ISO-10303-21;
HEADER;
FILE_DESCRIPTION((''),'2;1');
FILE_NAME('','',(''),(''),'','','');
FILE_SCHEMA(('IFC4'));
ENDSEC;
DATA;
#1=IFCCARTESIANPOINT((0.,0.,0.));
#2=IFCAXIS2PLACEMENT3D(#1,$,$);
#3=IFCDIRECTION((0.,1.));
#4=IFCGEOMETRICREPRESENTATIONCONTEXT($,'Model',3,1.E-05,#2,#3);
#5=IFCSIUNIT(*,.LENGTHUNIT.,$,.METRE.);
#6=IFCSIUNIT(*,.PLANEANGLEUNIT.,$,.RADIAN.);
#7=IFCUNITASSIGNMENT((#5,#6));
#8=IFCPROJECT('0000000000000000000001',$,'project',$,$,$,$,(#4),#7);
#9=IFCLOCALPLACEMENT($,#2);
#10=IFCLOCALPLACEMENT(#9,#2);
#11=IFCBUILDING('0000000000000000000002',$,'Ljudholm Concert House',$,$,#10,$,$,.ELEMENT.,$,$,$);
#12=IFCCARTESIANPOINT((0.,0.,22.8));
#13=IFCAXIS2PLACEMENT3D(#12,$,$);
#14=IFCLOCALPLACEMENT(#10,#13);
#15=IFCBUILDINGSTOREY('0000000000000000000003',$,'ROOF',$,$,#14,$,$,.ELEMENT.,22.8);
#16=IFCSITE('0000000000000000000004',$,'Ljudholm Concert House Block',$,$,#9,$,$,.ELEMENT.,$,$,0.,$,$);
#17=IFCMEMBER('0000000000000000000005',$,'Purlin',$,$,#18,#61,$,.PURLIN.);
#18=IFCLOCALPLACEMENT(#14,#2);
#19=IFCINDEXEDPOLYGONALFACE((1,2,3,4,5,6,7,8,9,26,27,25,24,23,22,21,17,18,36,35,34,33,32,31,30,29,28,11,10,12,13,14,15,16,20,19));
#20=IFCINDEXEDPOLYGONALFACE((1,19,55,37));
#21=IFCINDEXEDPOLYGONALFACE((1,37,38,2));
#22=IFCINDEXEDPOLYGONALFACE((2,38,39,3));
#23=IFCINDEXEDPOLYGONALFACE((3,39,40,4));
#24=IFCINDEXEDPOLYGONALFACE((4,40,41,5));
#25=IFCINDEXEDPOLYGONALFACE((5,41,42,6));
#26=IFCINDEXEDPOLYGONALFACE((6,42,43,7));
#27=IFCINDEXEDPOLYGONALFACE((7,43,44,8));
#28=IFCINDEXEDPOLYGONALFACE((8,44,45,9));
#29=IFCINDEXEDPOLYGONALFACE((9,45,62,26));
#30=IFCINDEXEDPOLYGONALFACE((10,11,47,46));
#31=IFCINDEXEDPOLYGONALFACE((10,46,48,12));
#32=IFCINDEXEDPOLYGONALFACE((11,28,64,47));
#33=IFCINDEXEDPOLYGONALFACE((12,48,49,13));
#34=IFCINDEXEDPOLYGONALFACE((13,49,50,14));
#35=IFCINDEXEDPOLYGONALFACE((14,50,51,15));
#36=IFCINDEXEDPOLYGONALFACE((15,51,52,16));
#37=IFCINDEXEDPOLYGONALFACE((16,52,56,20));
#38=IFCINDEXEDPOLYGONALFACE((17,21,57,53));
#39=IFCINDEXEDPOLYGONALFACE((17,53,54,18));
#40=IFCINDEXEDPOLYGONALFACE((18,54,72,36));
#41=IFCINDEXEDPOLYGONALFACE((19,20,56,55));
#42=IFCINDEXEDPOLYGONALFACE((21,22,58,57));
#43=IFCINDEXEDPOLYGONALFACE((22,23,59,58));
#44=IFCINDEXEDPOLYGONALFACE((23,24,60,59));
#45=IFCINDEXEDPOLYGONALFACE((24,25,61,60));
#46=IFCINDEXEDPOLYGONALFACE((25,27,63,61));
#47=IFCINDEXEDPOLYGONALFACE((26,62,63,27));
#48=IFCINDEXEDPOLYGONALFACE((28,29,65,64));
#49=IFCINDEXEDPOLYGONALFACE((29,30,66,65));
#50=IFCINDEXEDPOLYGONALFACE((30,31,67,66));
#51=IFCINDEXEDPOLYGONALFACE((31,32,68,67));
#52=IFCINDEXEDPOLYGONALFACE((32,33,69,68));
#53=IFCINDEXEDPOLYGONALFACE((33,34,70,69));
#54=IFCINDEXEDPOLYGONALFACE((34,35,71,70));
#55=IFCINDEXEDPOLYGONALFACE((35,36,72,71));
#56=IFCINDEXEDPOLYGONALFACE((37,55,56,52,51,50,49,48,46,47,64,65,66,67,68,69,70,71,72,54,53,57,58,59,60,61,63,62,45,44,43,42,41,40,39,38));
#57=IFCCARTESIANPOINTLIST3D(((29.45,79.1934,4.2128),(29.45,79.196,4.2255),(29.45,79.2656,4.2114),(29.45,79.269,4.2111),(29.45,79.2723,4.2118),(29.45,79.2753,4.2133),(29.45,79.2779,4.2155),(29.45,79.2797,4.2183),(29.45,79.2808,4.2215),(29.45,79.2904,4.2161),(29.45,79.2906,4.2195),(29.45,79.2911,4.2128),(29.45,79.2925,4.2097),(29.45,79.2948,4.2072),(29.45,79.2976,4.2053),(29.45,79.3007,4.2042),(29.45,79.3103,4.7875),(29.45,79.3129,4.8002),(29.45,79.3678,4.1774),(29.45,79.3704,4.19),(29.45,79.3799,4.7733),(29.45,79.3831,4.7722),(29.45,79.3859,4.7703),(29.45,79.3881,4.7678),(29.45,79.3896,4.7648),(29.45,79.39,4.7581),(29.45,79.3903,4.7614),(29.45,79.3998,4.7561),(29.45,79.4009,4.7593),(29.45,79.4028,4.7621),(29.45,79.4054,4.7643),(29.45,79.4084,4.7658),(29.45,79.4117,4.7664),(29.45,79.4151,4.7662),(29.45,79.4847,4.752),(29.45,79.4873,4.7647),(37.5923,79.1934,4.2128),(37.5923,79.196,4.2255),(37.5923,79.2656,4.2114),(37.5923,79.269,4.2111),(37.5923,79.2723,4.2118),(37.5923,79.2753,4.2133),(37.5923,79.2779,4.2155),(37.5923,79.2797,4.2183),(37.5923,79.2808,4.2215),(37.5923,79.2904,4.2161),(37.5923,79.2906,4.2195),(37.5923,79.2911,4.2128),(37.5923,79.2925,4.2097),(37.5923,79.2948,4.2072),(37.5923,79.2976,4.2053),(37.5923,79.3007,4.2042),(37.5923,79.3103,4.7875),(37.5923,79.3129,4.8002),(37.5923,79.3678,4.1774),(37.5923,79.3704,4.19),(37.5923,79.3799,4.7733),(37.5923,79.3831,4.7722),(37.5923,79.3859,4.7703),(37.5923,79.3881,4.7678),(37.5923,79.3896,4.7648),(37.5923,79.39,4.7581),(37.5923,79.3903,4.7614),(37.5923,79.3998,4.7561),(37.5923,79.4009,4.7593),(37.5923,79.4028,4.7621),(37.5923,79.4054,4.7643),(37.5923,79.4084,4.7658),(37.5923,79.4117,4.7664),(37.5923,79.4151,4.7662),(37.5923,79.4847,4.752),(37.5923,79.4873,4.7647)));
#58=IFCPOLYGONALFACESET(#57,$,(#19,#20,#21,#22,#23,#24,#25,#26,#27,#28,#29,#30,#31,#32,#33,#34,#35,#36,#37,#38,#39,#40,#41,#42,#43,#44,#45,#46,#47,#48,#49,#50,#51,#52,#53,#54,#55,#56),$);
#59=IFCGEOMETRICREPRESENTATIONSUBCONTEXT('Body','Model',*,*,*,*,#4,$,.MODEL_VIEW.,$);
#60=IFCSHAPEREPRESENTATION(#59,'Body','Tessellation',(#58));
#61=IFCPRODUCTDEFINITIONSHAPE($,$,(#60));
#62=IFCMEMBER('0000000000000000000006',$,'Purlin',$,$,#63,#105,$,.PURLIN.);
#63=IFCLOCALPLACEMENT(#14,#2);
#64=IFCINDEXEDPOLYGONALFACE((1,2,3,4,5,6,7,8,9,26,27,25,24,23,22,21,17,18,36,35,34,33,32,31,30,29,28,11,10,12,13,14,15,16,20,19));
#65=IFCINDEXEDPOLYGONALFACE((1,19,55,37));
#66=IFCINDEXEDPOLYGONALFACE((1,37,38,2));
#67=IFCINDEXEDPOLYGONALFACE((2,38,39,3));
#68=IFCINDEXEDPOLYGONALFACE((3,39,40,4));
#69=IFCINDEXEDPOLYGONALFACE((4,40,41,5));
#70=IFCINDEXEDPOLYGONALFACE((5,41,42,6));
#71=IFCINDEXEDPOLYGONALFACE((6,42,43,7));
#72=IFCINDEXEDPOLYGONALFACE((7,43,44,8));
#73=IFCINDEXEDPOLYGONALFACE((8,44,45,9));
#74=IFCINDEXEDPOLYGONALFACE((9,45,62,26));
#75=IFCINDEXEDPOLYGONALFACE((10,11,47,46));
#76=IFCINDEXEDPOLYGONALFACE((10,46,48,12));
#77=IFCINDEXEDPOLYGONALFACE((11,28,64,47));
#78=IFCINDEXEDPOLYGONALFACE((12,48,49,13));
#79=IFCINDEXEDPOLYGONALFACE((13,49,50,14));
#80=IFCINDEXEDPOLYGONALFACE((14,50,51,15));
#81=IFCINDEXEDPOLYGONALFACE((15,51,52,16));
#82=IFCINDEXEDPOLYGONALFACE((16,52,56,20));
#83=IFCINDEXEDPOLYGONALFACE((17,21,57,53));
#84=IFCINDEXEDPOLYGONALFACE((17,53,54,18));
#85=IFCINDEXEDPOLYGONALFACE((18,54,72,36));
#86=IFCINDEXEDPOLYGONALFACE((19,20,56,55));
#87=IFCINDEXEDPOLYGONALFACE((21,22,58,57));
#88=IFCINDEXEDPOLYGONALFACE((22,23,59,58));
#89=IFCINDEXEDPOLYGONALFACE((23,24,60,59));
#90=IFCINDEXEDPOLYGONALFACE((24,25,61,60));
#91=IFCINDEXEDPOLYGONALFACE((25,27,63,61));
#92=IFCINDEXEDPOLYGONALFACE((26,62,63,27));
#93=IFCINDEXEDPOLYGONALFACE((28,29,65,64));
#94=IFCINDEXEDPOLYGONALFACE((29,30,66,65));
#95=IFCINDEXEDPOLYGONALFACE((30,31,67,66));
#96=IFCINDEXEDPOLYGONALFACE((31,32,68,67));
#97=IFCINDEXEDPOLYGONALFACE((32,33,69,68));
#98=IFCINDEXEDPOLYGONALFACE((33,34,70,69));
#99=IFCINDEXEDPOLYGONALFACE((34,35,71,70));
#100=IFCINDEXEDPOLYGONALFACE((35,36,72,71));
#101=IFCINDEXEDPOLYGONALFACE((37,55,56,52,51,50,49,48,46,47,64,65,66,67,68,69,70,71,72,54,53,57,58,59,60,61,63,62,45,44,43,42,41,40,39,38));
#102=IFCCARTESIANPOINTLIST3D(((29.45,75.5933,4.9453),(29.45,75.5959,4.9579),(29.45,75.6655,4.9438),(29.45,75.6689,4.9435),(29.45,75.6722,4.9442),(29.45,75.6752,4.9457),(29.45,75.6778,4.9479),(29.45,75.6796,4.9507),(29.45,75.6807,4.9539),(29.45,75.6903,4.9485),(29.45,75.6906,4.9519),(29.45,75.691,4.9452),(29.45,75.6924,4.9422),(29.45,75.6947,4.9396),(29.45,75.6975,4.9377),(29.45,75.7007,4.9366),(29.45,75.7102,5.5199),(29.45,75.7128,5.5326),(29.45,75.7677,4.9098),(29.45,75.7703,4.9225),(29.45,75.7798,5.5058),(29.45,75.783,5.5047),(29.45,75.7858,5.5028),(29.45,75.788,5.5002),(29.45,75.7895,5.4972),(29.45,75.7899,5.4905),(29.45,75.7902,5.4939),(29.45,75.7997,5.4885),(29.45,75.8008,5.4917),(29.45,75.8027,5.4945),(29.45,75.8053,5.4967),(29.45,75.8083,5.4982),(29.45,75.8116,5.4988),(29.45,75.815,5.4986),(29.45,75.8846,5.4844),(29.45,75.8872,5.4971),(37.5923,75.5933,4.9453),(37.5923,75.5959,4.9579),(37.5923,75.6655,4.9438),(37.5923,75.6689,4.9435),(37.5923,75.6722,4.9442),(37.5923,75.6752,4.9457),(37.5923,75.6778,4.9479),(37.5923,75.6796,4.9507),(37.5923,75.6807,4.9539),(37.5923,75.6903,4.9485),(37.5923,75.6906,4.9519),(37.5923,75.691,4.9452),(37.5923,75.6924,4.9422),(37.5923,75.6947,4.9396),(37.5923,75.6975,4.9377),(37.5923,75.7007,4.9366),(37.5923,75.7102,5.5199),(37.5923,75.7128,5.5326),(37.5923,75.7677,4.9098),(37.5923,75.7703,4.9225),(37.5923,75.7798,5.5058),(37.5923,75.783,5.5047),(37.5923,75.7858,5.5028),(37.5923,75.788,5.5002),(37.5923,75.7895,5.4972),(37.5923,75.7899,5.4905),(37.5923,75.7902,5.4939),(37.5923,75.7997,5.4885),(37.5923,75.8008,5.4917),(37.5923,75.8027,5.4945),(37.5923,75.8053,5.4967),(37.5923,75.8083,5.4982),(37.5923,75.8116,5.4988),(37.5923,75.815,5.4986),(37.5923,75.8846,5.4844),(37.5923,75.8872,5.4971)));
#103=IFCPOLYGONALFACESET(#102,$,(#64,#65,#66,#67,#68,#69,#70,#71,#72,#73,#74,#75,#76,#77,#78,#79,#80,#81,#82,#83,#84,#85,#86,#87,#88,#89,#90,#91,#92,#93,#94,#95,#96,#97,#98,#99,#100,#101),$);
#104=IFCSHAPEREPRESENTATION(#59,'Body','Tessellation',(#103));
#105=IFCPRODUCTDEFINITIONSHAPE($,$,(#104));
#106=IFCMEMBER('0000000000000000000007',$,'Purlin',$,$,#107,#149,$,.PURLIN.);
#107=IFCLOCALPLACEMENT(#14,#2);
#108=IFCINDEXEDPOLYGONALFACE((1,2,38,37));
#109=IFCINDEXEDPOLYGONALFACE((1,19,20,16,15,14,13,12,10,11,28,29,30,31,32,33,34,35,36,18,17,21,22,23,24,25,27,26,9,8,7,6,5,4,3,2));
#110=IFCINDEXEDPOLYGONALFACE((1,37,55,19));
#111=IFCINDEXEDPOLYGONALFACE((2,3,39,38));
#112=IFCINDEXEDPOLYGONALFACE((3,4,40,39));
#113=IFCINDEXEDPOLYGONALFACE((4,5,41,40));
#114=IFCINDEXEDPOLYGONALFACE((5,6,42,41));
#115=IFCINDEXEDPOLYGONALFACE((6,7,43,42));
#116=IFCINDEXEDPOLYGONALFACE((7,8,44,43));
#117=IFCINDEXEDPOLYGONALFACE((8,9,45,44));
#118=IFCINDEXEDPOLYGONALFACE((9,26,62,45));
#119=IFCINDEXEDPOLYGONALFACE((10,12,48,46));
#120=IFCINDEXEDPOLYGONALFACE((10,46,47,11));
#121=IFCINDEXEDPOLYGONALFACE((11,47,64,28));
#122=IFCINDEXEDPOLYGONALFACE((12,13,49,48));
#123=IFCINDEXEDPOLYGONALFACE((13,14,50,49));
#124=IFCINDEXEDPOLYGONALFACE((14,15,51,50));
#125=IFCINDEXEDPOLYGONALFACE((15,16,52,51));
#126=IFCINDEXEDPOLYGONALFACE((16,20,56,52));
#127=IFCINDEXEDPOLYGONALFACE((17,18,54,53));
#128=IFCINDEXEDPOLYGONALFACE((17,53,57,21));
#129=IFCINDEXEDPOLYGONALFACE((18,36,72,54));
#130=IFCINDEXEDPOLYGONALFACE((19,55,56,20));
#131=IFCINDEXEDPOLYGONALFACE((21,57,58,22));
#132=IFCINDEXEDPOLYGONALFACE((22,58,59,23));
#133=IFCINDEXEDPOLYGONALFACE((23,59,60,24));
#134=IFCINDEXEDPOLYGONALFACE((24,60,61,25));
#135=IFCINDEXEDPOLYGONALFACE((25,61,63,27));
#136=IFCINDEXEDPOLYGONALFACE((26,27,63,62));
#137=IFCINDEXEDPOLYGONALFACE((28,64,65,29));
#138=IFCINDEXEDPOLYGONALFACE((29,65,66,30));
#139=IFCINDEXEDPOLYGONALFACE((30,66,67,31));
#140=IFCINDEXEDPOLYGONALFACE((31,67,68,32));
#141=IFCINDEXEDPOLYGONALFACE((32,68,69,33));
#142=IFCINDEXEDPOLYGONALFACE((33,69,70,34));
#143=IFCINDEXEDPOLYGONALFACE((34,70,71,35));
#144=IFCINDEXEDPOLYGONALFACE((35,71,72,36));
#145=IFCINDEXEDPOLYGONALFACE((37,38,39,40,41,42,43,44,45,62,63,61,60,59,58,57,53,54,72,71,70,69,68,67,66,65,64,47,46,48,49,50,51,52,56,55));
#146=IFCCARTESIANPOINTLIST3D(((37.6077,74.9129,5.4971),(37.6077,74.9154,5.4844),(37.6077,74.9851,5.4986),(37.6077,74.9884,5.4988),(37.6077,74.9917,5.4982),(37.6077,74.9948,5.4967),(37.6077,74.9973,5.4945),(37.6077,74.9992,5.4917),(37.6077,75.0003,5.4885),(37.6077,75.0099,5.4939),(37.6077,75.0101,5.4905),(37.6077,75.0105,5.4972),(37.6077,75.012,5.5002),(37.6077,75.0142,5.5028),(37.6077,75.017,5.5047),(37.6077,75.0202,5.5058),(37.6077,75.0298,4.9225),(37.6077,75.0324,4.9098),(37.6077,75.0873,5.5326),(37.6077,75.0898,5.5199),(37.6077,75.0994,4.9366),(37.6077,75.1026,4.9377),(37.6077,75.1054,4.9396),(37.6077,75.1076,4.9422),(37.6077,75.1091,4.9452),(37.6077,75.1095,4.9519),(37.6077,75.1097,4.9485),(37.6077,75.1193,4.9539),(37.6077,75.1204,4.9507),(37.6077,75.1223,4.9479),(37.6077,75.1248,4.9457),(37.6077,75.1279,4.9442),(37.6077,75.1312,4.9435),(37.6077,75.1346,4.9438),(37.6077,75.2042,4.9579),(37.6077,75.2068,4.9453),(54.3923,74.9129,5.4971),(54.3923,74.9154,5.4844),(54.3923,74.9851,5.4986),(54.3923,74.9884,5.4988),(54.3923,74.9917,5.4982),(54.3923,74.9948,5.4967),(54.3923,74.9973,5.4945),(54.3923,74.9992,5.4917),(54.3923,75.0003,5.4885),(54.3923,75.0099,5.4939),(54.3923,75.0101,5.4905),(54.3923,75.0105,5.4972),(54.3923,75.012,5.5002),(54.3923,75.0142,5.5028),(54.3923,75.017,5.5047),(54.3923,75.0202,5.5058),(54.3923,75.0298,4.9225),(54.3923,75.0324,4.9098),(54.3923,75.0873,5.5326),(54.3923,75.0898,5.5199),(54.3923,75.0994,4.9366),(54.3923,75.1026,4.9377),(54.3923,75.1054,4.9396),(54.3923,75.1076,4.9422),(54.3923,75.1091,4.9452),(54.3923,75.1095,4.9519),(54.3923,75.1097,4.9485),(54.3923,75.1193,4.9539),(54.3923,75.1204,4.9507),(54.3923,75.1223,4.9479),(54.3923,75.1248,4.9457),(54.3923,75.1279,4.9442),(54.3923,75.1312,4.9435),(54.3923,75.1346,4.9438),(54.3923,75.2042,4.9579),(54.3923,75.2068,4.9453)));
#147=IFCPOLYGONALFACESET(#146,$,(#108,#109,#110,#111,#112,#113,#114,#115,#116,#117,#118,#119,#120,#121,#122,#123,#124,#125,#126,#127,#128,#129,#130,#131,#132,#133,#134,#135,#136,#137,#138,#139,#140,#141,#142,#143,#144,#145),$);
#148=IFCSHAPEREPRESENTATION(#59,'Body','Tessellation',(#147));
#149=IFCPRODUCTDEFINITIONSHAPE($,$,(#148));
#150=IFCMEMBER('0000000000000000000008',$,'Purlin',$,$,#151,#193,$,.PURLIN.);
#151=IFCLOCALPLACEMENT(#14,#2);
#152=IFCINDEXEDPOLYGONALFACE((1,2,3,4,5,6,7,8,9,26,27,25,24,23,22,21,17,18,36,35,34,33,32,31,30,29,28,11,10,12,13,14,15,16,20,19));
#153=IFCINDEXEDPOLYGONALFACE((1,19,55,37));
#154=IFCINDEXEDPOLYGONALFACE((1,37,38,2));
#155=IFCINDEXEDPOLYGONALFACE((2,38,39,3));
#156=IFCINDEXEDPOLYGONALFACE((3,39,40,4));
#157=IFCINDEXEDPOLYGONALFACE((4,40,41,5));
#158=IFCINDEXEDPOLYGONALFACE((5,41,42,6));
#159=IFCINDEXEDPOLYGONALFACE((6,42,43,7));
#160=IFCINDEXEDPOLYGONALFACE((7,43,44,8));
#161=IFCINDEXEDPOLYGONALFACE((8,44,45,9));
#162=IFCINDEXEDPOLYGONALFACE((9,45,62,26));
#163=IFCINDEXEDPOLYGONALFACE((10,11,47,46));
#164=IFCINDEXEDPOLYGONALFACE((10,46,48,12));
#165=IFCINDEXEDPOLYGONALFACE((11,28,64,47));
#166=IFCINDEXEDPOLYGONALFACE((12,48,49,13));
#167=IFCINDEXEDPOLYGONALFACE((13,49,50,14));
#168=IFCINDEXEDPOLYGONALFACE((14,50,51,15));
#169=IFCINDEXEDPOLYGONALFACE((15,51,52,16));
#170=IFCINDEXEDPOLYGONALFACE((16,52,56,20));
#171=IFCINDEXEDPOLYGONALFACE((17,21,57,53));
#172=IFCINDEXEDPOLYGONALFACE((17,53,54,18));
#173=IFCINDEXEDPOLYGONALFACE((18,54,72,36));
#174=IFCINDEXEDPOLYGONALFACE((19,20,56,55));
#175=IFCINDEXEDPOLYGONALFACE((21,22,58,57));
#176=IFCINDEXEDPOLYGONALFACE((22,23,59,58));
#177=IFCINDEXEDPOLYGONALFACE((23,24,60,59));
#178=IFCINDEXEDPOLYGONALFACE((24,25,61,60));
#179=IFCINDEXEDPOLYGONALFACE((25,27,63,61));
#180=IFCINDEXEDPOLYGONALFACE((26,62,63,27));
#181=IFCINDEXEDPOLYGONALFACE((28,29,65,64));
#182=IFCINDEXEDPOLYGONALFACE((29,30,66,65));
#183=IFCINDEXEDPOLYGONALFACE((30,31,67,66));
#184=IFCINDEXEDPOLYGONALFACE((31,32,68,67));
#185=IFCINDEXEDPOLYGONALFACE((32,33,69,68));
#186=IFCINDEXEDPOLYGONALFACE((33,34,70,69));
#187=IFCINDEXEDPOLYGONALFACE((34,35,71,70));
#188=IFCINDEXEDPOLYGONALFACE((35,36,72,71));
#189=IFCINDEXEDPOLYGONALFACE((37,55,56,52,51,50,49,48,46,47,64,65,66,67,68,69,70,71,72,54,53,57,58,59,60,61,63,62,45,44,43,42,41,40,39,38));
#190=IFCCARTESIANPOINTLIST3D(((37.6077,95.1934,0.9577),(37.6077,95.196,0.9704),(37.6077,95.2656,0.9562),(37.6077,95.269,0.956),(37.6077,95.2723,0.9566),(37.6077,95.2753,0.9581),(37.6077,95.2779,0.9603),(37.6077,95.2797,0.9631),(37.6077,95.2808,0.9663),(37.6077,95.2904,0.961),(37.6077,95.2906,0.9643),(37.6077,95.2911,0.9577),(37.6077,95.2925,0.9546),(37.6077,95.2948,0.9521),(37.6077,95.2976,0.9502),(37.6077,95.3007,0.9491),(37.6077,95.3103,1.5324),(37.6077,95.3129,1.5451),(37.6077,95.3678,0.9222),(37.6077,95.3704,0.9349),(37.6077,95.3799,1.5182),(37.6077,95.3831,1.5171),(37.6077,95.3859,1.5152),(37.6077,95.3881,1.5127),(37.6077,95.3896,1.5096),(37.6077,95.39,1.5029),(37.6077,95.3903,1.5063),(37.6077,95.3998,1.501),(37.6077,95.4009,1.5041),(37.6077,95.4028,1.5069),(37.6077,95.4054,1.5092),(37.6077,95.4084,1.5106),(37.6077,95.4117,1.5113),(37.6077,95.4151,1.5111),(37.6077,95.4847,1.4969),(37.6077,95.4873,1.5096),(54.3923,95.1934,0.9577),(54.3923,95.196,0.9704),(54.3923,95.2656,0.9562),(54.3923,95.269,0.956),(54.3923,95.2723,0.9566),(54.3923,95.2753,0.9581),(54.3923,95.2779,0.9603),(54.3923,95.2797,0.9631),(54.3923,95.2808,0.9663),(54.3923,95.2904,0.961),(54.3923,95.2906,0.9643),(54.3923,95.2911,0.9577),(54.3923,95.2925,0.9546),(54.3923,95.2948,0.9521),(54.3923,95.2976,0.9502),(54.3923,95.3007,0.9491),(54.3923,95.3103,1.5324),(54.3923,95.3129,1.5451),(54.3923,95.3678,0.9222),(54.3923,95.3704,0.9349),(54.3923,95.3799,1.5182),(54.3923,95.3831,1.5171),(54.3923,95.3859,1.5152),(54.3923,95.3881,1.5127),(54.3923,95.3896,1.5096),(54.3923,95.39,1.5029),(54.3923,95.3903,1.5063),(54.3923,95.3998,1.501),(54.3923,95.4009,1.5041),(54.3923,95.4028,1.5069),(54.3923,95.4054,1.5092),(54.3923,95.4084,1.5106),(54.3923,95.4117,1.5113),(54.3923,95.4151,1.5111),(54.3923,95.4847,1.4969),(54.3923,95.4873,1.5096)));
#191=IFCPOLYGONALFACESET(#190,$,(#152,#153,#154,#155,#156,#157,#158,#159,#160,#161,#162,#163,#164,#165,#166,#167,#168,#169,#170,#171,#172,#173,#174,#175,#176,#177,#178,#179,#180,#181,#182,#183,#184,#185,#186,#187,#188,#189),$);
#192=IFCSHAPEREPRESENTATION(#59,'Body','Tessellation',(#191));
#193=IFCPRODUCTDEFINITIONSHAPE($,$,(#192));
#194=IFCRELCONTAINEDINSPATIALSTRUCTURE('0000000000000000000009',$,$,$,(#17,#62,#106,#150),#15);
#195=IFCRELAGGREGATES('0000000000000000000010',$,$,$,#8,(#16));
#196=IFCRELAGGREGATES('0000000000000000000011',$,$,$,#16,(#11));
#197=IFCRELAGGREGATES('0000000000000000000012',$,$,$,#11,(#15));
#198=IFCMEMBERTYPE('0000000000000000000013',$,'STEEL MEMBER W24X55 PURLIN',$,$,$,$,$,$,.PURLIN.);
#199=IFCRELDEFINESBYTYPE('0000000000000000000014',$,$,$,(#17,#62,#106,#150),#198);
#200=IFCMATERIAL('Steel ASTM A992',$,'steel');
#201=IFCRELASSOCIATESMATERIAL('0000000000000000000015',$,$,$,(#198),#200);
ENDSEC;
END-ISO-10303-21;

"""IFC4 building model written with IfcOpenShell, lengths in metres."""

from ifc_helpers import new_model, si_unit, direction, frame, origin, origin_2d, place, context, subcontext, project, spatial, i_section, extrude, material, material_profile, profile_set, type_object, element, save


model = new_model("IFC4")

# Units and contexts
model_context = context("Model", 3, precision=1e-05, world=origin(), true_north=direction((0.0, 1.0)))
body_context = subcontext(model_context, "Body", "Model", "MODEL_VIEW")
ifc_project = project(units=[si_unit("LENGTHUNIT", "METRE"), si_unit("PLANEANGLEUNIT", "RADIAN")], contexts=[model_context])

# Site, building, storey
site_placement = place(None, origin())
site = spatial("IfcSite", under=ifc_project, at=site_placement, Name="Ljudholm Concert House Block", CompositionType="ELEMENT", RefElevation=0.0)
building_placement = place(site_placement, origin())
building = spatial("IfcBuilding", under=site, at=building_placement, Name="Ljudholm Concert House", CompositionType="ELEMENT")
storey_placement = place(building_placement, frame((0.0, 0.0, 22.8)))
storey = spatial("IfcBuildingStorey", under=building, at=storey_placement, Name="ROOF", CompositionType="ELEMENT", Elevation=22.8)

# Members
ifc_material_1 = material(Name="Steel ASTM A992", Category="steel")
ifc_material_profile_1 = material_profile(ifc_material_1, i_section(OverallWidth=0.178, OverallDepth=0.5994, WebThickness=0.01, FlangeThickness=0.0129, FilletRadius=0.0129, at=origin_2d()), Name="W24X55")
ifc_profile_set_1 = profile_set([ifc_material_profile_1], Name="Steel ASTM A992")
member_type_1 = type_object("IfcMemberType", Name="STEEL MEMBER W24X55 PURLIN", PredefinedType="PURLIN", material=ifc_profile_set_1)
for number, where, z_axis, x_axis, name in (
    (1, (29.45, 79.3403, 4.4888), (1.0, 0.0, 0.0), (0.0, 0.979925, -0.199368), "Purlin"),
    (2, (29.45, 75.7402, 5.2212), (1.0, 0.0, 0.0), (0.0, 0.979925, -0.199368), "Purlin"),
):
    element("IfcMember", number, at=place(storey_placement, frame(where, z_axis=z_axis, x_axis=x_axis)), inside=storey, type_object=member_type_1, Name=name, PredefinedType="PURLIN", context=body_context, shape_type="SweptSolid", body=[
        extrude(i_section(OverallWidth=0.178, OverallDepth=0.5994, WebThickness=0.01, FlangeThickness=0.0129, FilletRadius=0.0129, at=origin_2d()), origin(), (0.0, 0.0, 1.0), 8.1423),
    ])
for number, where, z_axis, x_axis, name in (
    (3, (37.6077, 75.0598, 5.2212), (1.0, 0.0, 0.0), (0.0, 0.979925, 0.199368), "Purlin"),
    (4, (37.6077, 95.3403, 1.2336), (1.0, 0.0, 0.0), (0.0, 0.979925, -0.199368), "Purlin"),
):
    element("IfcMember", number, at=place(storey_placement, frame(where, z_axis=z_axis, x_axis=x_axis)), inside=storey, type_object=member_type_1, Name=name, PredefinedType="PURLIN", context=body_context, shape_type="SweptSolid", body=[
        extrude(i_section(OverallWidth=0.178, OverallDepth=0.5994, WebThickness=0.01, FlangeThickness=0.0129, FilletRadius=0.0129, at=origin_2d()), origin(), (0.0, 0.0, 1.0), 16.7847),
    ])

save(model, "model.ifc")
